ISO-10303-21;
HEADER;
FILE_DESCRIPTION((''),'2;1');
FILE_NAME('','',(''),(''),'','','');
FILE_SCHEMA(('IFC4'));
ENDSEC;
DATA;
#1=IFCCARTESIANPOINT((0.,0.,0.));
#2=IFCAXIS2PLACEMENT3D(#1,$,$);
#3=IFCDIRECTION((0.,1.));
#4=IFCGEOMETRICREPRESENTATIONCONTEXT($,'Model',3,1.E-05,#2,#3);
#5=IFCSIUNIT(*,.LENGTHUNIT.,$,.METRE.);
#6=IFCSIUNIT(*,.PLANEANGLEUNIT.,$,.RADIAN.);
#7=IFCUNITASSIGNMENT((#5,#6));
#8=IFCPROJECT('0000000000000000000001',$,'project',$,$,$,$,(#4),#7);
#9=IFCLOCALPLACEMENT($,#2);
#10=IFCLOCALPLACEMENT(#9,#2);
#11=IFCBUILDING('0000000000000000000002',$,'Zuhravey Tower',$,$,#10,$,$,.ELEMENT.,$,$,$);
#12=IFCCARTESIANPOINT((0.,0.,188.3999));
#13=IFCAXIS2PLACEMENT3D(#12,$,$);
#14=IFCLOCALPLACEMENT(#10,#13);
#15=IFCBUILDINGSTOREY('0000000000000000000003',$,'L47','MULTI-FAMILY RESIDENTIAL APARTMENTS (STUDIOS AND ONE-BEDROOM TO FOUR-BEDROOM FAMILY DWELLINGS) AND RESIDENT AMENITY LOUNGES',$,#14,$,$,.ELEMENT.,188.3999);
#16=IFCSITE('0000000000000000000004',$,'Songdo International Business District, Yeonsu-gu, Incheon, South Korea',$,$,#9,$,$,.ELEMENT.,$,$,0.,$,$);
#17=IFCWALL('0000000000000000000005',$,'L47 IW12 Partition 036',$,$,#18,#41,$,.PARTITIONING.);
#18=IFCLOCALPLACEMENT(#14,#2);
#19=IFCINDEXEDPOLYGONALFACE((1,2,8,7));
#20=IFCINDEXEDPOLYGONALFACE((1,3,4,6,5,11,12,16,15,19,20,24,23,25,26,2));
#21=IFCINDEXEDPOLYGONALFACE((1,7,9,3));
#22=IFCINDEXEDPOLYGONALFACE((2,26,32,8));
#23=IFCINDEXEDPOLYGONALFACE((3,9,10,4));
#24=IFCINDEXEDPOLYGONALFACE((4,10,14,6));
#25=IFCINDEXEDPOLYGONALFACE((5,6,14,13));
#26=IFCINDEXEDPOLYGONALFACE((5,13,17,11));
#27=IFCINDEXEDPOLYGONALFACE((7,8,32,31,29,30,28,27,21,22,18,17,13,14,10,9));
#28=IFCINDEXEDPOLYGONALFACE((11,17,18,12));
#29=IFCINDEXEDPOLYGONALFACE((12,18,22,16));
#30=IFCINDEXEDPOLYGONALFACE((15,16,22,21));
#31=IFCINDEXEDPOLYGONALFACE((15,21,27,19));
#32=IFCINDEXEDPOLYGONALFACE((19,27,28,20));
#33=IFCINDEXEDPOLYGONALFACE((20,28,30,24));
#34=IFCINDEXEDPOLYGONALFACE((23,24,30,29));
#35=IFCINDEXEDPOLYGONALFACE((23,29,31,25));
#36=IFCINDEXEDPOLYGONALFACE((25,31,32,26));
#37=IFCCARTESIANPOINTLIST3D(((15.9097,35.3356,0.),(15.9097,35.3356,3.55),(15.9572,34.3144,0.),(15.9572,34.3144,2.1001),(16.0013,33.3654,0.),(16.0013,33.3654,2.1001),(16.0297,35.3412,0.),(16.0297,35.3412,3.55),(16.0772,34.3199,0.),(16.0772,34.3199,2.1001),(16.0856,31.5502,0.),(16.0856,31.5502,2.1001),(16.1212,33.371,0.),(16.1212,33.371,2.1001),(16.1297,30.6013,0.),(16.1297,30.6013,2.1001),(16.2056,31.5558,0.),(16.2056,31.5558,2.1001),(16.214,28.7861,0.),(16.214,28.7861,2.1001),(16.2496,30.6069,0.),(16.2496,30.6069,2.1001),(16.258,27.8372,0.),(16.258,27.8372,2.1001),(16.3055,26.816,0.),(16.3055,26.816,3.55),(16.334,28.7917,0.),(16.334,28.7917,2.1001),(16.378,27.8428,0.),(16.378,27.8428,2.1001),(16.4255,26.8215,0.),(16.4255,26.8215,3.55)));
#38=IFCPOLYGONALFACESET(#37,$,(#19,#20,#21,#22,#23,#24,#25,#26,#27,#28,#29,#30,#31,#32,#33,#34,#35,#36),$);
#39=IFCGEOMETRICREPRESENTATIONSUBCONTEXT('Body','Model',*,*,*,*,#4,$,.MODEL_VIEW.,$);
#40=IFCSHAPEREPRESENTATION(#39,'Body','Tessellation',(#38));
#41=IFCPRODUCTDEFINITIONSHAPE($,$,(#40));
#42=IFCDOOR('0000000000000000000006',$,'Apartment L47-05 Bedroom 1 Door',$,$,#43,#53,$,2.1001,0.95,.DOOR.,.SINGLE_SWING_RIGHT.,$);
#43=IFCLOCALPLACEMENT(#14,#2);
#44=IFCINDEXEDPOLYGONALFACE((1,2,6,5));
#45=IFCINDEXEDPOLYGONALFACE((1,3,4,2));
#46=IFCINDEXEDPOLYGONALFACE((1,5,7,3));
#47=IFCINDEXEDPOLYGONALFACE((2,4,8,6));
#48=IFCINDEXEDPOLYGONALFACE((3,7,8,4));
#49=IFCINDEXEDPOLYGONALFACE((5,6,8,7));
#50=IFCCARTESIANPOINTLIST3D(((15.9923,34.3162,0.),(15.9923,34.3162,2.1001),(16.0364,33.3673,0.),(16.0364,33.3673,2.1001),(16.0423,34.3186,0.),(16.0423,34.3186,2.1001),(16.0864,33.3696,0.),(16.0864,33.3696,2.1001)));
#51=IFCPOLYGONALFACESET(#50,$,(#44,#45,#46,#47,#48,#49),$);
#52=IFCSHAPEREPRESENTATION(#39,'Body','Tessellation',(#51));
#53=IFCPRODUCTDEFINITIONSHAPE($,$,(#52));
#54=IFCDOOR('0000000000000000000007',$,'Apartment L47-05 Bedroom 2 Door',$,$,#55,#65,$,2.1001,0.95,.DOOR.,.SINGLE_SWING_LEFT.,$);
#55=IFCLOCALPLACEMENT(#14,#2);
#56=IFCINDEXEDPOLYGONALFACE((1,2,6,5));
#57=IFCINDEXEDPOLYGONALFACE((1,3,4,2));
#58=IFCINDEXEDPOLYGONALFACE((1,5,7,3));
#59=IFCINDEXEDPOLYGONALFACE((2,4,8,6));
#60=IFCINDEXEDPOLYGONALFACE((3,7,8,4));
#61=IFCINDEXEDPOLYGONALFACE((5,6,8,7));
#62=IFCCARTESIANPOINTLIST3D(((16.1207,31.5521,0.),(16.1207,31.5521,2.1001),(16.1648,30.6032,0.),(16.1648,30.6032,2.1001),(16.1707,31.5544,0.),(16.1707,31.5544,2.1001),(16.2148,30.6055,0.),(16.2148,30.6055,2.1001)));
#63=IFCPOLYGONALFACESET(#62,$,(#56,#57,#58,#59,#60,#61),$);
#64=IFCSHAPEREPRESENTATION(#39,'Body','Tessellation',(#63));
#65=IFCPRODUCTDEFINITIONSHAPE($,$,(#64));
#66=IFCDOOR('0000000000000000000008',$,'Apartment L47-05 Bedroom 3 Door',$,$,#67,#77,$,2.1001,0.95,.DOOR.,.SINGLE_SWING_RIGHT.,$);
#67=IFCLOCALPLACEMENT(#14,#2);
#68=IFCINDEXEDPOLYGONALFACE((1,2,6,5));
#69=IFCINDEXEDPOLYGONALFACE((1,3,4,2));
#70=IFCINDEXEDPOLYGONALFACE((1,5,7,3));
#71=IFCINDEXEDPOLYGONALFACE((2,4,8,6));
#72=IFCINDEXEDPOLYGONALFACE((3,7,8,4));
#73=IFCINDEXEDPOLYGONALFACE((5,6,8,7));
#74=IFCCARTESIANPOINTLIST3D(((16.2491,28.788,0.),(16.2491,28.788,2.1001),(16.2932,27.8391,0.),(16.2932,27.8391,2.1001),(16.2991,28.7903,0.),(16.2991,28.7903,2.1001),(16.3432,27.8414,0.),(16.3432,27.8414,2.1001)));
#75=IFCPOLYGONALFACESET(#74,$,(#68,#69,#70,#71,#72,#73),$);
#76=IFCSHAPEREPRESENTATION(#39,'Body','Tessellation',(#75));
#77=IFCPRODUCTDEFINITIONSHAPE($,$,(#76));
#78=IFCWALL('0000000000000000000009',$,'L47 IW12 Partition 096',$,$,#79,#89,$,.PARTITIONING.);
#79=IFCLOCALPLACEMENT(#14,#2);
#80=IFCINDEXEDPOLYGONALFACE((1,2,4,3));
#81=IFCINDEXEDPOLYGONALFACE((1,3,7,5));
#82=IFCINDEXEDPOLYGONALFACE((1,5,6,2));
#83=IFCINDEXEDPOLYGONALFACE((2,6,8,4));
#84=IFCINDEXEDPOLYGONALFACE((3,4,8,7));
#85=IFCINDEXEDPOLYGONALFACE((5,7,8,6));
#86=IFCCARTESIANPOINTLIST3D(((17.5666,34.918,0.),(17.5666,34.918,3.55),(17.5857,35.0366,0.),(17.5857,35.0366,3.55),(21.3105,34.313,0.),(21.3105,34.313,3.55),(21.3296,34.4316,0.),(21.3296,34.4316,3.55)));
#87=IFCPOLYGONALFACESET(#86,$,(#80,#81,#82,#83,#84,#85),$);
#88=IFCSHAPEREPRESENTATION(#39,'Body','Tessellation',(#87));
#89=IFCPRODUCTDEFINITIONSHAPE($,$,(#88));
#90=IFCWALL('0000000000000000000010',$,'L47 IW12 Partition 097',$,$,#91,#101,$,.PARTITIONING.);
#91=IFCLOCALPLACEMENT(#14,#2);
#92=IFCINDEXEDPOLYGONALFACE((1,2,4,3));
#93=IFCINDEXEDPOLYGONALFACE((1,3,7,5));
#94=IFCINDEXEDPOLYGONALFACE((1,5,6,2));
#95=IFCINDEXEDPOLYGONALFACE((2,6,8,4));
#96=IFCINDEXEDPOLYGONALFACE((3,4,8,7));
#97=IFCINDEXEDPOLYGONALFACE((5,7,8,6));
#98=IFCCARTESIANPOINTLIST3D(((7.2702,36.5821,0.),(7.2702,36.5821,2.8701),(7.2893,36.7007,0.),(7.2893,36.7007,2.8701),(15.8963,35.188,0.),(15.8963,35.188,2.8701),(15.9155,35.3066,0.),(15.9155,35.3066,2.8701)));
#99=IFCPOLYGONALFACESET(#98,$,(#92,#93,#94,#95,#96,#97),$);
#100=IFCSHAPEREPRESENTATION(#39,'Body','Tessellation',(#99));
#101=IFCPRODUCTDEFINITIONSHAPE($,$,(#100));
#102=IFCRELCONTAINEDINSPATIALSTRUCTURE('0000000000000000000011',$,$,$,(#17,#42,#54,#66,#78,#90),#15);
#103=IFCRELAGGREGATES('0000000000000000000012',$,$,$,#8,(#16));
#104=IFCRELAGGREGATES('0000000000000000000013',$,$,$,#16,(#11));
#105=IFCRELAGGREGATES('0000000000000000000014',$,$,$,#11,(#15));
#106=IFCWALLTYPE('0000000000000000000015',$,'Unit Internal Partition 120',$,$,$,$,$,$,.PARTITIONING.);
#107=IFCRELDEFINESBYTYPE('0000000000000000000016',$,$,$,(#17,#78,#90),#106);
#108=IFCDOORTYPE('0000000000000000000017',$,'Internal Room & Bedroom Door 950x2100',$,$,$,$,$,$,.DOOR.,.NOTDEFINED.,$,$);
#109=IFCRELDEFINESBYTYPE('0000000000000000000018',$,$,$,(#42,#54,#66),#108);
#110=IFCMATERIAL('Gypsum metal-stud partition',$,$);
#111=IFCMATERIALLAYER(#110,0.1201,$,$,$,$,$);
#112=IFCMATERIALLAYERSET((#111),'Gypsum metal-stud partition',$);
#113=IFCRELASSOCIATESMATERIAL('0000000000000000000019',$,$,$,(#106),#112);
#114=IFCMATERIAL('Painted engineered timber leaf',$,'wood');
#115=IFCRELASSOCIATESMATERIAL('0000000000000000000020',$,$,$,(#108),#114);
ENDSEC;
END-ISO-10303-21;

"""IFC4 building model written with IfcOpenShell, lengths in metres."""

from ifc_helpers import new_model, si_unit, direction, frame, frame_2d, origin, place, context, subcontext, project, spatial, rectangle, extrude, material, layer, layer_set, type_object, element, fill, save


model = new_model("IFC4")

# Units and contexts
model_context = context("Model", 3, precision=1e-05, world=origin(), true_north=direction((0.0, 1.0)))
body_context = subcontext(model_context, "Body", "Model", "MODEL_VIEW")
ifc_project = project(units=[si_unit("LENGTHUNIT", "METRE"), si_unit("PLANEANGLEUNIT", "RADIAN")], contexts=[model_context])

# Site, building, storey
site_placement = place(None, origin())
site = spatial("IfcSite", under=ifc_project, at=site_placement, Name="Songdo International Business District, Yeonsu-gu, Incheon, South Korea", CompositionType="ELEMENT", RefElevation=0.0)
building_placement = place(site_placement, origin())
building = spatial("IfcBuilding", under=site, at=building_placement, Name="Zuhravey Tower", CompositionType="ELEMENT")
storey_placement = place(building_placement, frame((0.0, 0.0, 188.3999)))
storey = spatial("IfcBuildingStorey", under=building, at=storey_placement, Name="L47", Description="MULTI-FAMILY RESIDENTIAL APARTMENTS (STUDIOS AND ONE-BEDROOM TO FOUR-BEDROOM FAMILY DWELLINGS) AND RESIDENT AMENITY LOUNGES", CompositionType="ELEMENT", Elevation=188.3999)

# Wall, openings, doors
ifc_material_1 = material(Name="Gypsum metal-stud partition")
ifc_layer_1 = layer(ifc_material_1, 0.1201)
ifc_layer_set_1 = layer_set([ifc_layer_1], Name="Gypsum metal-stud partition")
wall_type_1 = type_object("IfcWallType", Name="Unit Internal Partition 120", PredefinedType="PARTITIONING", material=ifc_layer_set_1)
ifc_material_2 = material(Name="Painted engineered timber leaf", Category="wood")
door_type_1 = type_object("IfcDoorType", Name="Internal Room & Bedroom Door 950x2100", OperationType="NOTDEFINED", PredefinedType="DOOR", material=ifc_material_2)
wall_1_placement = place(storey_placement, frame((15.9697, 35.3384, 0.0), z_axis=(0.0, 0.0, 1.0), x_axis=(0.046402, -0.998923, 0.0)))
wall_1 = element("IfcWall", 1, at=wall_1_placement, inside=storey, type_object=wall_type_1, Name="L47 IW12 Partition 036", PredefinedType="PARTITIONING", context=body_context, shape_type="SweptSolid", body=[
    extrude(rectangle(XDim=8.5288, YDim=0.1201, at=frame_2d((4.2644, 0.0))), origin(), (0.0, 0.0, 1.0), 3.55),
])
opening_1_placement = place(wall_1_placement, frame((1.0222, 0.0, 0.0)))
opening_1 = element("IfcOpeningElement", 2, at=opening_1_placement, cuts=wall_1, PredefinedType="OPENING", context=body_context, shape_type="SweptSolid", body=[
    extrude(rectangle(XDim=0.95, YDim=2.1001, at=frame_2d((0.4751, 1.05))), frame((0.0, 0.072, 0.0), z_axis=(0.0, -1.0, 0.0), x_axis=(1.0, 0.0, 0.0)), (0.0, 0.0, 1.0), 0.144),
])
opening_2_placement = place(wall_1_placement, frame((3.7893, 0.0, 0.0)))
opening_2 = element("IfcOpeningElement", 3, at=opening_2_placement, cuts=wall_1, PredefinedType="OPENING", context=body_context, shape_type="SweptSolid", body=[
    extrude(rectangle(XDim=0.95, YDim=2.1001, at=frame_2d((0.4751, 1.05))), frame((0.0, 0.072, 0.0), z_axis=(0.0, -1.0, 0.0), x_axis=(1.0, 0.0, 0.0)), (0.0, 0.0, 1.0), 0.144),
])
opening_3_placement = place(wall_1_placement, frame((6.5564, 0.0, 0.0)))
opening_3 = element("IfcOpeningElement", 4, at=opening_3_placement, cuts=wall_1, PredefinedType="OPENING", context=body_context, shape_type="SweptSolid", body=[
    extrude(rectangle(XDim=0.95, YDim=2.1001, at=frame_2d((0.4751, 1.05))), frame((0.0, 0.072, 0.0), z_axis=(0.0, -1.0, 0.0), x_axis=(1.0, 0.0, 0.0)), (0.0, 0.0, 1.0), 0.144),
])
door_1_placement = place(opening_1_placement, frame((0.95, 0.0, 0.0), z_axis=(0.0, 0.0, 1.0), x_axis=(-1.0, 0.0, 0.0)))
door_1 = element("IfcDoor", 5, at=door_1_placement, inside=storey, type_object=door_type_1, Name="Apartment L47-05 Bedroom 1 Door", OperationType="SINGLE_SWING_RIGHT", OverallHeight=2.1001, OverallWidth=0.95, PredefinedType="DOOR", context=body_context, shape_type="SweptSolid", body=[
    extrude(rectangle(XDim=0.95, YDim=2.1001, at=frame_2d((0.4751, 1.05))), frame((0.0, 0.0249, 0.0), z_axis=(0.0, -1.0, 0.0), x_axis=(1.0, 0.0, 0.0)), (0.0, 0.0, 1.0), 0.05),
])
fill(opening_1, door_1)
door_2_placement = place(opening_2_placement, frame((0.95, 0.0, 0.0), z_axis=(0.0, 0.0, 1.0), x_axis=(-1.0, 0.0, 0.0)))
door_2 = element("IfcDoor", 6, at=door_2_placement, inside=storey, type_object=door_type_1, Name="Apartment L47-05 Bedroom 2 Door", OperationType="SINGLE_SWING_LEFT", OverallHeight=2.1001, OverallWidth=0.95, PredefinedType="DOOR", context=body_context, shape_type="SweptSolid", body=[
    extrude(rectangle(XDim=0.95, YDim=2.1001, at=frame_2d((0.4751, 1.05))), frame((0.0, 0.0249, 0.0), z_axis=(0.0, -1.0, 0.0), x_axis=(1.0, 0.0, 0.0)), (0.0, 0.0, 1.0), 0.05),
])
fill(opening_2, door_2)
door_3_placement = place(opening_3_placement, frame((0.95, 0.0, 0.0), z_axis=(0.0, 0.0, 1.0), x_axis=(-1.0, 0.0, 0.0)))
door_3 = element("IfcDoor", 7, at=door_3_placement, inside=storey, type_object=door_type_1, Name="Apartment L47-05 Bedroom 3 Door", OperationType="SINGLE_SWING_RIGHT", OverallHeight=2.1001, OverallWidth=0.95, PredefinedType="DOOR", context=body_context, shape_type="SweptSolid", body=[
    extrude(rectangle(XDim=0.95, YDim=2.1001, at=frame_2d((0.4751, 1.05))), frame((0.0, 0.0249, 0.0), z_axis=(0.0, -1.0, 0.0), x_axis=(1.0, 0.0, 0.0)), (0.0, 0.0, 1.0), 0.05),
])
fill(opening_3, door_3)

# Walls
wall_2_placement = place(storey_placement, frame((21.3201, 34.3723, 0.0), z_axis=(0.0, 0.0, 1.0), x_axis=(-0.987194, 0.159522, 0.0)))
element("IfcWall", 8, at=wall_2_placement, inside=storey, type_object=wall_type_1, Name="L47 IW12 Partition 096", PredefinedType="PARTITIONING", context=body_context, shape_type="SweptSolid", body=[
    extrude(rectangle(XDim=3.7925, YDim=0.1201, at=frame_2d((1.8962, 0.0))), origin(), (0.0, 0.0, 1.0), 3.55),
])
wall_3_placement = place(storey_placement, frame((15.906, 35.2473, 0.0), z_axis=(0.0, 0.0, 1.0), x_axis=(-0.987192, 0.159535, 0.0)))
element("IfcWall", 9, at=wall_3_placement, inside=storey, type_object=wall_type_1, Name="L47 IW12 Partition 097", PredefinedType="PARTITIONING", context=body_context, shape_type="SweptSolid", body=[
    extrude(rectangle(XDim=8.738, YDim=0.1201, at=frame_2d((4.3691, 0.0))), origin(), (0.0, 0.0, 1.0), 2.8701),
])

save(model, "model.ifc")
